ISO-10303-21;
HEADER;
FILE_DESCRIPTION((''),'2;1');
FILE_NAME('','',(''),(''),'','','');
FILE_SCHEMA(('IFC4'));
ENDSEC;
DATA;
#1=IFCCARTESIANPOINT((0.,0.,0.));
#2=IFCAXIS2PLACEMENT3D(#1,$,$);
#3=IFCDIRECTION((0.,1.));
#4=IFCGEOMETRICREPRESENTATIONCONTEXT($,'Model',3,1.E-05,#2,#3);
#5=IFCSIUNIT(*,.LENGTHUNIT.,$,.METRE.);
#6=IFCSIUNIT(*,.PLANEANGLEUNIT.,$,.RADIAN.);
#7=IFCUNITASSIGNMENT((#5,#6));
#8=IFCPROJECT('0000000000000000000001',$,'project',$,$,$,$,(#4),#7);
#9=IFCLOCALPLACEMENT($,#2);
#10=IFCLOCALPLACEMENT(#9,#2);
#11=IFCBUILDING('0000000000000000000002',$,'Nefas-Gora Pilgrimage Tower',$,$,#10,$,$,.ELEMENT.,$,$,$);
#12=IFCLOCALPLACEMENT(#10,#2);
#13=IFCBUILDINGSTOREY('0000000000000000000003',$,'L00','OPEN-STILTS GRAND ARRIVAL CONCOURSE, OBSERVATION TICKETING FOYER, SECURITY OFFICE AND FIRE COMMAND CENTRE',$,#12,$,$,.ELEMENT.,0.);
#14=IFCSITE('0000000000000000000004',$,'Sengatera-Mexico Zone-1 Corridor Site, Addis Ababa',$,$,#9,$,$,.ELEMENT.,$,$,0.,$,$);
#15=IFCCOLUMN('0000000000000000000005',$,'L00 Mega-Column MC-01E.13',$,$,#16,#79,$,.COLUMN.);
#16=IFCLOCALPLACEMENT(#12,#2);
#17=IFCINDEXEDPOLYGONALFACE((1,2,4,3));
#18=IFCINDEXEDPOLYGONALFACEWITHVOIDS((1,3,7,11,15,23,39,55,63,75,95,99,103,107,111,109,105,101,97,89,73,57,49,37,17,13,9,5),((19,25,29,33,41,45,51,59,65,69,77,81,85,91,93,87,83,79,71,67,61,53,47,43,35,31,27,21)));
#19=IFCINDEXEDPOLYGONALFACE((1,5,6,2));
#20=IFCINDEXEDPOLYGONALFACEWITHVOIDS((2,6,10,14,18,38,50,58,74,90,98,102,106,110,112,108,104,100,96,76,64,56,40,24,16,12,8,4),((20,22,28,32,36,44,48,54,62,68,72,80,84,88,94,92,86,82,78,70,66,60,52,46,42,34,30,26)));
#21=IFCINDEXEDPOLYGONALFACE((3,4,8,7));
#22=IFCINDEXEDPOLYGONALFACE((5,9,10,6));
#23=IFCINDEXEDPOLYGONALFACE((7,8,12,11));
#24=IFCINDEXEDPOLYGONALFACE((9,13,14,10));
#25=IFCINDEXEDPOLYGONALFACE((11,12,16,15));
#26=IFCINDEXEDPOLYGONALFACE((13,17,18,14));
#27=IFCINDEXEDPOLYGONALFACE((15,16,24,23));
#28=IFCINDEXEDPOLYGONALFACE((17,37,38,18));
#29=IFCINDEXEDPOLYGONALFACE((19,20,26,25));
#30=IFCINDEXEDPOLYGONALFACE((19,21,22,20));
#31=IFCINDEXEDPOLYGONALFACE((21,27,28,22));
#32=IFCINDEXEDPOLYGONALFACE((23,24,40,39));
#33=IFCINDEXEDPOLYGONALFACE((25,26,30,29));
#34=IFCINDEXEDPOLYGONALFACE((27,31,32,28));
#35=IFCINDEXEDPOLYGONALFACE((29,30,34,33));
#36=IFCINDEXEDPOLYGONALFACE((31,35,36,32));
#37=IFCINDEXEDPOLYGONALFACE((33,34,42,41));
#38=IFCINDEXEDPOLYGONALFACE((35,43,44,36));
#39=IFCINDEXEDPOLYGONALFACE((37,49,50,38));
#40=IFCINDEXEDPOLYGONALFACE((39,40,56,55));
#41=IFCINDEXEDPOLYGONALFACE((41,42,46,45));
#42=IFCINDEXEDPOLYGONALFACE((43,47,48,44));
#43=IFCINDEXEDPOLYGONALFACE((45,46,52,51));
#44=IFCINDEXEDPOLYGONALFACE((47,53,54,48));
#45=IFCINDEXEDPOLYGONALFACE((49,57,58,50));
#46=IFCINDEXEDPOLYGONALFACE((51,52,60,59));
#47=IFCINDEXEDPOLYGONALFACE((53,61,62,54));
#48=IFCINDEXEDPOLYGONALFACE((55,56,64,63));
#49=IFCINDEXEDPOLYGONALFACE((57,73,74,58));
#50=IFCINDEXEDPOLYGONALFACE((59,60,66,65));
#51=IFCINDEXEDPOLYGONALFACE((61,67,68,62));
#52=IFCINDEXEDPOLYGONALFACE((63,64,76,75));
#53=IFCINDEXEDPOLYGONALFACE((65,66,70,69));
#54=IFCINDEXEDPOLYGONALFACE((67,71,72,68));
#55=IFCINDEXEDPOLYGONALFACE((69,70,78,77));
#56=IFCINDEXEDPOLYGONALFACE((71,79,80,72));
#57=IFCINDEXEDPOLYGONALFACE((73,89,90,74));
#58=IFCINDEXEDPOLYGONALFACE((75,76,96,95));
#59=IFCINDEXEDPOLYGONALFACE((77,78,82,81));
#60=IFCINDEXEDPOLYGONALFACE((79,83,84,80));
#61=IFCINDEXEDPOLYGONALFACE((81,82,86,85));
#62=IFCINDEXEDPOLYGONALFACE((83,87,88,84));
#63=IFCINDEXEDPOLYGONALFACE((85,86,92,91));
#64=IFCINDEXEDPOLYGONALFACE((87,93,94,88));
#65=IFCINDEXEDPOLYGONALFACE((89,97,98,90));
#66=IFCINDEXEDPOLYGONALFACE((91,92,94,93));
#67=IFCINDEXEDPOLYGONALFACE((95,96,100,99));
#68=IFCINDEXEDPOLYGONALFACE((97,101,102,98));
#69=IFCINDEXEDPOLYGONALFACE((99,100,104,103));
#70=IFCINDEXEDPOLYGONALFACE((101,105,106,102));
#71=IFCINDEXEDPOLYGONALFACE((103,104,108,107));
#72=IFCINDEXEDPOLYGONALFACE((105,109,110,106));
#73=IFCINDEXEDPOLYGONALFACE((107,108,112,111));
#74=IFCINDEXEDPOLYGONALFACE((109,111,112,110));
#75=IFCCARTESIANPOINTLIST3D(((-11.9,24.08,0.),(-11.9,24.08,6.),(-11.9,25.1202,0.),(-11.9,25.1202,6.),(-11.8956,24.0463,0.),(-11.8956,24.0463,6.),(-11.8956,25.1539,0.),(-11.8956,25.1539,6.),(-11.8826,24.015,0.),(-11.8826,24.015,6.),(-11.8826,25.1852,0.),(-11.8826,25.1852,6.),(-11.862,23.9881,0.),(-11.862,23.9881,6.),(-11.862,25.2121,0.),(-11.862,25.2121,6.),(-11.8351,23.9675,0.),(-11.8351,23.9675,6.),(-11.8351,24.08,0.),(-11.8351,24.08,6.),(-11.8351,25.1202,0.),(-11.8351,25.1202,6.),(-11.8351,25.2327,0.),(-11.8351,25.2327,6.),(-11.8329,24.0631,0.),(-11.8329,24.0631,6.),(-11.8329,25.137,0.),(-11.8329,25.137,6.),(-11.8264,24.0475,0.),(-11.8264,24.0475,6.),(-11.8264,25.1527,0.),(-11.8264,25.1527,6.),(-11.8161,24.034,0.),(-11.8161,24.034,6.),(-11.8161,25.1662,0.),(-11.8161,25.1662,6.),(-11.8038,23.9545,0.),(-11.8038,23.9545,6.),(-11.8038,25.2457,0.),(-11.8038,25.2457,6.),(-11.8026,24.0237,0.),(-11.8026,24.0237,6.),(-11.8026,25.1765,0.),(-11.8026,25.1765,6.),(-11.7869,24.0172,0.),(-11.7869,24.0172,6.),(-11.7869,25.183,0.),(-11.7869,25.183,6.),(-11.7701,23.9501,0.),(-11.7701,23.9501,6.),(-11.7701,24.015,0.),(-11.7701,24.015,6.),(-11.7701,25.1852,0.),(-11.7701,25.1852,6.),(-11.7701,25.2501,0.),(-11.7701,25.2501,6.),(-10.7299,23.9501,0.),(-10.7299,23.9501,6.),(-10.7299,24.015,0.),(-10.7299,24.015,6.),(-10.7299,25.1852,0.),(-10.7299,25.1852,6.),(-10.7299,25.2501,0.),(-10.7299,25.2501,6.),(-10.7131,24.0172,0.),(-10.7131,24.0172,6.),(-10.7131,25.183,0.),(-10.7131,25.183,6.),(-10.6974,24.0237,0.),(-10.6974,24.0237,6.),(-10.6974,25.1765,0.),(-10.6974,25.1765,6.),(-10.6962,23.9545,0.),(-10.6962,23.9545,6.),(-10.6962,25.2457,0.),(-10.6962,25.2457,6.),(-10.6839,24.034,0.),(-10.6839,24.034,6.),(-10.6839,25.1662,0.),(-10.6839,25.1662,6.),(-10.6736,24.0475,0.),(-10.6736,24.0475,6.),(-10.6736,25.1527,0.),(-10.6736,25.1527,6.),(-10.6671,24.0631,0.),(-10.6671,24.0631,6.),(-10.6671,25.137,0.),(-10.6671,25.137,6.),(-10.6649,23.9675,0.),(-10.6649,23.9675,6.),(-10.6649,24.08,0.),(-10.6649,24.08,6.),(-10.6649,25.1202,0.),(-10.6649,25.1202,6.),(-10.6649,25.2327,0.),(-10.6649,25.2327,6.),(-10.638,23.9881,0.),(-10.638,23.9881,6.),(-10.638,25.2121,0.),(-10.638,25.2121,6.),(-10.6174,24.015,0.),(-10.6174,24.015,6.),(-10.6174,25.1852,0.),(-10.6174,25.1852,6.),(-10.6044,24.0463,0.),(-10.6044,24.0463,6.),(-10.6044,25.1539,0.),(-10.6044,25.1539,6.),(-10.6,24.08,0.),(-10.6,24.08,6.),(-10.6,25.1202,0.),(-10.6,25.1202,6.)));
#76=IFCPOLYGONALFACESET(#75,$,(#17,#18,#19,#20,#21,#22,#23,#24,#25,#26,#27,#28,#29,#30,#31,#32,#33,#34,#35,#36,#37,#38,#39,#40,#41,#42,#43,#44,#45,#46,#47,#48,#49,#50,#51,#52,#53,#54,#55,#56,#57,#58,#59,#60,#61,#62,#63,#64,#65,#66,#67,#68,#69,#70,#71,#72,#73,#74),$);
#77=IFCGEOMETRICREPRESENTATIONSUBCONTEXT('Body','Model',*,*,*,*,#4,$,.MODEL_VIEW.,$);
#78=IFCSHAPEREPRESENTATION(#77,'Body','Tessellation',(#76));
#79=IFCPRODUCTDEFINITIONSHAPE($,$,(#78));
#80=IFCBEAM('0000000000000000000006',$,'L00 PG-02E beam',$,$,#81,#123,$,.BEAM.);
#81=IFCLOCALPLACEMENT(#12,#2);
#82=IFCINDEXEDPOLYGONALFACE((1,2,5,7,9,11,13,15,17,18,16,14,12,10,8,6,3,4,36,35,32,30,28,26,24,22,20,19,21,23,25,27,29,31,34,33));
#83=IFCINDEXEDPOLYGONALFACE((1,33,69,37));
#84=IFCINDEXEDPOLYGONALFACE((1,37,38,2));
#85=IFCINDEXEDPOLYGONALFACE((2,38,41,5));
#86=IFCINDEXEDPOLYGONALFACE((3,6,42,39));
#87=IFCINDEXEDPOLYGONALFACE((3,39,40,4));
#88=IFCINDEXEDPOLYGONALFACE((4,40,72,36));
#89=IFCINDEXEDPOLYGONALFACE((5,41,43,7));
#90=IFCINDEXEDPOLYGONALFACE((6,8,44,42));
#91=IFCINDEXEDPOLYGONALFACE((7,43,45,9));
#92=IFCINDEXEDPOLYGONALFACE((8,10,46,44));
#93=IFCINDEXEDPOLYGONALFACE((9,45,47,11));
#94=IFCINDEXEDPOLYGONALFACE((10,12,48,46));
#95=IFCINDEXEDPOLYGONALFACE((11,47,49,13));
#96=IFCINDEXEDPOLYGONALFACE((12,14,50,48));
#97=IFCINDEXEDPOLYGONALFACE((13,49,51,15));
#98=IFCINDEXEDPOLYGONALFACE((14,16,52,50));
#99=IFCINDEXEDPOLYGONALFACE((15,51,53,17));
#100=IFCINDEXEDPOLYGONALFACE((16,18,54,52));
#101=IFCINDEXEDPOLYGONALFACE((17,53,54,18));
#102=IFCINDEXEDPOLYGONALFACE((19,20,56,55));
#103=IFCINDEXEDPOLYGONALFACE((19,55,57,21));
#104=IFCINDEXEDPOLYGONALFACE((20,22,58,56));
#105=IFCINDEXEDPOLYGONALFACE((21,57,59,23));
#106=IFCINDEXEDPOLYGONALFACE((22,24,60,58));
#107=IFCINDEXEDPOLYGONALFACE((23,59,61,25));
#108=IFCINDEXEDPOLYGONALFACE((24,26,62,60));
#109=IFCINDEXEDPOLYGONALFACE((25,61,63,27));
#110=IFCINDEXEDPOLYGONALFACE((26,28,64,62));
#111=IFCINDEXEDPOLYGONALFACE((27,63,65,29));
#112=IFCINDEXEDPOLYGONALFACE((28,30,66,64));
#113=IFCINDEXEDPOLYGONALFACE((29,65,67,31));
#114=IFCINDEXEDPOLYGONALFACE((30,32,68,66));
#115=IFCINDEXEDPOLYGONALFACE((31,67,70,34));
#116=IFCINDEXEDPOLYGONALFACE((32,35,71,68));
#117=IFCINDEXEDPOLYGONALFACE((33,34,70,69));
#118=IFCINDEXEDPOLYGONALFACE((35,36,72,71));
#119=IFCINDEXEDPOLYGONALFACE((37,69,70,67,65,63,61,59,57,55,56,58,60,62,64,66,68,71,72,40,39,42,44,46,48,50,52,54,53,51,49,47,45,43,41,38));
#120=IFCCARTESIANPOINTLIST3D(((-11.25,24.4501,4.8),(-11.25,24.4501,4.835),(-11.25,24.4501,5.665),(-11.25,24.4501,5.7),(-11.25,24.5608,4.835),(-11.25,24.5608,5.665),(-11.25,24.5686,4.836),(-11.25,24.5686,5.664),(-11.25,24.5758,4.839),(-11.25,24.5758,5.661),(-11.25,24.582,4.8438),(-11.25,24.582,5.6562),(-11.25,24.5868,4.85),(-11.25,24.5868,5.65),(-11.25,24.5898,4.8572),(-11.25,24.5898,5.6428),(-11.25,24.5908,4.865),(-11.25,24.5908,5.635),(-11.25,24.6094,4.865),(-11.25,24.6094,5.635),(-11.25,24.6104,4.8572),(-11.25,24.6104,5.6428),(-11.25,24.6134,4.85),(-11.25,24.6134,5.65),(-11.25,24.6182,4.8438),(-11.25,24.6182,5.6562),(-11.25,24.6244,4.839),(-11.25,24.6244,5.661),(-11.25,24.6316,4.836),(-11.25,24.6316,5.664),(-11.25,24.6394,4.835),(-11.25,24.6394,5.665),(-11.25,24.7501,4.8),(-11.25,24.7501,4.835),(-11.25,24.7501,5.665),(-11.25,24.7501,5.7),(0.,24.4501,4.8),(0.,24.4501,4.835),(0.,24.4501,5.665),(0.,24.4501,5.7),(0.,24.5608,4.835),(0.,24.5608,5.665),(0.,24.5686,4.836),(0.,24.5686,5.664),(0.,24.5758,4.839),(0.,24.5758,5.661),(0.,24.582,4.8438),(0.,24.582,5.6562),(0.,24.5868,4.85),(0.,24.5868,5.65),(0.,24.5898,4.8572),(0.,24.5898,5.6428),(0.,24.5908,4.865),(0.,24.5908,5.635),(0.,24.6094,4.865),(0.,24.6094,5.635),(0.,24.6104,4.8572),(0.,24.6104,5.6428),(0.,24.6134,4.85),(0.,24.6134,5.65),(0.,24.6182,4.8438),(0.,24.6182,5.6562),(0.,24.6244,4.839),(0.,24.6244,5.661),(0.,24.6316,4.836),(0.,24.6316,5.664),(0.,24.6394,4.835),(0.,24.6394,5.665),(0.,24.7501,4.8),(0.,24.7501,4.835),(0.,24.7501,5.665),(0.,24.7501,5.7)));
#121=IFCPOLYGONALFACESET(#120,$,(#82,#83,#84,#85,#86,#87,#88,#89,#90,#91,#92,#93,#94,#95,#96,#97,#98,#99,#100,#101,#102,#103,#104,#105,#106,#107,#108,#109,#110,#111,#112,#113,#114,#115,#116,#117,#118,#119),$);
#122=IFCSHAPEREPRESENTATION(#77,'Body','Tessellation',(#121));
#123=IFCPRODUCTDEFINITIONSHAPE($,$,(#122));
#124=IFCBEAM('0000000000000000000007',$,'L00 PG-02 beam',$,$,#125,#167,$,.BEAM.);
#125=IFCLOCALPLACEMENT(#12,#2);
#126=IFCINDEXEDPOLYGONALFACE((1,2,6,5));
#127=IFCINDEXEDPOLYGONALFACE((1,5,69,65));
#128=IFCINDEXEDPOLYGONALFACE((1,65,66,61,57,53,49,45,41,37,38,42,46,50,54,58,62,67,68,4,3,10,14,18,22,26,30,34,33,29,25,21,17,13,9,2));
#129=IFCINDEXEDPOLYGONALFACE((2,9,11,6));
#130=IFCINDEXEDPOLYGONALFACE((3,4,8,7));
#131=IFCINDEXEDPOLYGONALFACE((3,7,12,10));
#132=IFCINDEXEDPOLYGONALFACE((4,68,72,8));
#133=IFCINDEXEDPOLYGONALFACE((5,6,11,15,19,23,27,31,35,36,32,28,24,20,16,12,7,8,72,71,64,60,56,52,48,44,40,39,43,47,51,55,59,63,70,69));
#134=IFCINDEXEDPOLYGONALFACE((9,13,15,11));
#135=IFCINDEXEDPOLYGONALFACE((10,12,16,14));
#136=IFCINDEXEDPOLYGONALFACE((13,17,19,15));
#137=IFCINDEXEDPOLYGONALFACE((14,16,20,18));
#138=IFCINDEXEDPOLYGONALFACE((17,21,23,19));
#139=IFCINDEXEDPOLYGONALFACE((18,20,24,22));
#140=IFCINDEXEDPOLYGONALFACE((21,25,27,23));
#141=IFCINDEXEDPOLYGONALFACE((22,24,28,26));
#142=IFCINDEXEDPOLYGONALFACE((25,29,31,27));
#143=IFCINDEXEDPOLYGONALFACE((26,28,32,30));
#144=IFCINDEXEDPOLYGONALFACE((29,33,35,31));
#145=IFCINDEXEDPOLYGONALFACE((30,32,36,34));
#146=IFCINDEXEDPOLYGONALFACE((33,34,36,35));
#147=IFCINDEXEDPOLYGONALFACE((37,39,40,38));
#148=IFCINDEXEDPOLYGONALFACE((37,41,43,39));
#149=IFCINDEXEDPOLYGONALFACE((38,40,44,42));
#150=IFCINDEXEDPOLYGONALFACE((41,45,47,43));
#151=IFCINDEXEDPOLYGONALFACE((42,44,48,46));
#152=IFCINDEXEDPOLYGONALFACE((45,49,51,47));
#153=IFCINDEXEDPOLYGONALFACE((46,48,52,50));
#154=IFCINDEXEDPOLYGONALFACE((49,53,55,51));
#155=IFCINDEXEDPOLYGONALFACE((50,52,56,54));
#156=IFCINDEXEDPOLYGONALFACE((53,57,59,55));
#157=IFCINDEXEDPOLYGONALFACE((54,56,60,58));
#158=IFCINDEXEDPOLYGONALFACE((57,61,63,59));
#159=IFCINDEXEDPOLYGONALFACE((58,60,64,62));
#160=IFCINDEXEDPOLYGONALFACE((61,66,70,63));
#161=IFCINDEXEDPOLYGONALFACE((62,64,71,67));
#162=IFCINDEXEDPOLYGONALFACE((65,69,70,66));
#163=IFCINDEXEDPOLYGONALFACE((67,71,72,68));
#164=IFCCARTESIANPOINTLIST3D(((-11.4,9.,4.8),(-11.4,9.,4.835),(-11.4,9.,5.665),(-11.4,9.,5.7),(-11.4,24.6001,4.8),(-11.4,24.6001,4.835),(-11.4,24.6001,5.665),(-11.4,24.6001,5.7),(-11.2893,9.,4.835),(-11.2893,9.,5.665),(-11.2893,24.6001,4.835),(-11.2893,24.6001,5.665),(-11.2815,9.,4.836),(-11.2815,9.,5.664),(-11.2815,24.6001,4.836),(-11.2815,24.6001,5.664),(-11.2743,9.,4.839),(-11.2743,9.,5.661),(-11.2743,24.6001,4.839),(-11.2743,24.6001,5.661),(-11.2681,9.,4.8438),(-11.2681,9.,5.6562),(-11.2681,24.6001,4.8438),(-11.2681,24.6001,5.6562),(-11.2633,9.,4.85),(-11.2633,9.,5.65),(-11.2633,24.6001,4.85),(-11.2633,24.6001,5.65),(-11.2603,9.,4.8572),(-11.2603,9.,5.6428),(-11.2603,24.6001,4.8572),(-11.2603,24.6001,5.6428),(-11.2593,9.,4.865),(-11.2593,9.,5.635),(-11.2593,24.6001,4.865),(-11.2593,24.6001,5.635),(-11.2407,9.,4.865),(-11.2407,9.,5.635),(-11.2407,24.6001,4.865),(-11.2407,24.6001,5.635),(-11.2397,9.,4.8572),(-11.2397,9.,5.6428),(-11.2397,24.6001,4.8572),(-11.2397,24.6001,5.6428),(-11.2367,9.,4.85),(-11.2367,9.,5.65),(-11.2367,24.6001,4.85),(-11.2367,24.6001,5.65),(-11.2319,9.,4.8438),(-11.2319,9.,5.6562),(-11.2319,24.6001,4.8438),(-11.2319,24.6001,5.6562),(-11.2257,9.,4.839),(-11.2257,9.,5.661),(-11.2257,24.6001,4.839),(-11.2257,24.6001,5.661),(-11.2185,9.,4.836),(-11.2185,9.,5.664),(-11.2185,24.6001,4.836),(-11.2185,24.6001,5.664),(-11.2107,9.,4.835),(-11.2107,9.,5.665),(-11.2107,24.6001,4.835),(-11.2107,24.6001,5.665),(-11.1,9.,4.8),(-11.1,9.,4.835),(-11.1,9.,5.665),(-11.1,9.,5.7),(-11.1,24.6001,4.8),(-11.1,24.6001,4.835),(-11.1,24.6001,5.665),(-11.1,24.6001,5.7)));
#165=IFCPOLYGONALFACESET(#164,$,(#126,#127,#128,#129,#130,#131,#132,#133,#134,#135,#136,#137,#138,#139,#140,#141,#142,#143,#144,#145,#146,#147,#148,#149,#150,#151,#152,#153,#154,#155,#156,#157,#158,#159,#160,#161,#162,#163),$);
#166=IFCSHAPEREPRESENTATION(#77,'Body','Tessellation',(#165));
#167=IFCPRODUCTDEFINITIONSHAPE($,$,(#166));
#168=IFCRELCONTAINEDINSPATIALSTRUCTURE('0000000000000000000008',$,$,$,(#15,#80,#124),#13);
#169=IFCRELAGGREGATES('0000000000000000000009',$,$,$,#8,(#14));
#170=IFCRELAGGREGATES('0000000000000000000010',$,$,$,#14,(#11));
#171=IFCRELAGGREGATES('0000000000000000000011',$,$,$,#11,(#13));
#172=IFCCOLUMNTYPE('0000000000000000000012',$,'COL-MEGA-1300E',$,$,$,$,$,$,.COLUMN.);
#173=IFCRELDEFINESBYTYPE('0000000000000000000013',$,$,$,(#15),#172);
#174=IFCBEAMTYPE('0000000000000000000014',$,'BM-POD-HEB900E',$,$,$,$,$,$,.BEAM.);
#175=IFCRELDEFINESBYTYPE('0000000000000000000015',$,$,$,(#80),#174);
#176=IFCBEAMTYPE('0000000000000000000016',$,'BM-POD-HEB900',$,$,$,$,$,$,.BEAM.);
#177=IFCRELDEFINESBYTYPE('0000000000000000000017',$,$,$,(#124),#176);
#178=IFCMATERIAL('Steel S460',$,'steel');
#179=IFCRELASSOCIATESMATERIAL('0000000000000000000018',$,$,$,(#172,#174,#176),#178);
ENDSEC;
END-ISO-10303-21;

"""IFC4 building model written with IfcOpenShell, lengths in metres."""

from ifc_helpers import new_model, si_unit, direction, frame, origin, origin_2d, place, context, subcontext, project, spatial, hollow_rectangle, i_section, extrude, source, transform, mapped, material, material_profile, profile_set, type_object, element, save


model = new_model("IFC4")

# Units and contexts
model_context = context("Model", 3, precision=1e-05, world=origin(), true_north=direction((0.0, 1.0)))
body_context = subcontext(model_context, "Body", "Model", "MODEL_VIEW")
ifc_project = project(units=[si_unit("LENGTHUNIT", "METRE"), si_unit("PLANEANGLEUNIT", "RADIAN")], contexts=[model_context])

# Site, building, storey
site_placement = place(None, origin())
site = spatial("IfcSite", under=ifc_project, at=site_placement, Name="Sengatera-Mexico Zone-1 Corridor Site, Addis Ababa", CompositionType="ELEMENT", RefElevation=0.0)
building_placement = place(site_placement, origin())
building = spatial("IfcBuilding", under=site, at=building_placement, Name="Nefas-Gora Pilgrimage Tower", CompositionType="ELEMENT")
storey_placement = place(building_placement, origin())
storey = spatial("IfcBuildingStorey", under=building, at=storey_placement, Name="L00", Description="OPEN-STILTS GRAND ARRIVAL CONCOURSE, OBSERVATION TICKETING FOYER, SECURITY OFFICE AND FIRE COMMAND CENTRE", CompositionType="ELEMENT", Elevation=0.0)

# Column
ifc_material_1 = material(Name="Steel S460", Category="steel")
ifc_material_profile_1 = material_profile(ifc_material_1, hollow_rectangle(XDim=1.3, YDim=1.3, WallThickness=0.0649, InnerFilletRadius=0.0649, OuterFilletRadius=0.1299, at=origin_2d()), Name="BOX 1300x1300x65")
ifc_profile_set_1 = profile_set([ifc_material_profile_1], Name="Steel S460")
column_type_1 = type_object("IfcColumnType", Name="COL-MEGA-1300E", PredefinedType="COLUMN", material=ifc_profile_set_1)
shared_shape_1 = source(origin(), body_context, "Body", "SweptSolid", [
    extrude(hollow_rectangle(XDim=1.3, YDim=1.3, WallThickness=0.0649, InnerFilletRadius=0.0649, OuterFilletRadius=0.1299, at=origin_2d()), origin(), (0.0, 0.0, 1.0), 6.0),
])
for number, where, z_axis, x_axis, name in (
    (1, (-11.25, 24.6001, 0.0), (0.0, 0.0, 1.0), (1.0, 0.0, 0.0), "L00 Mega-Column MC-01E.13"),
):
    element("IfcColumn", number, at=place(storey_placement, frame(where, z_axis=z_axis, x_axis=x_axis)), inside=storey, type_object=column_type_1, Name=name, PredefinedType="COLUMN", context=body_context, shape_type="MappedRepresentation", body=[
        mapped(shared_shape_1, transform((0.0, 0.0, 0.0), x_axis=(1.0, 0.0, 0.0), y_axis=(0.0, 1.0, 0.0), z_axis=(0.0, 0.0, 1.0), scale=1.0)),
    ])

# Beams
ifc_material_profile_2 = material_profile(ifc_material_1, i_section(OverallWidth=0.3, OverallDepth=0.8999, WebThickness=0.0186, FlangeThickness=0.0349, FilletRadius=0.03, at=origin_2d()), Name="HEB 900")
ifc_profile_set_2 = profile_set([ifc_material_profile_2], Name="Steel S460")
beam_type_1 = type_object("IfcBeamType", Name="BM-POD-HEB900E", PredefinedType="BEAM", material=ifc_profile_set_2)
shared_shape_2 = source(origin(), body_context, "Body", "SweptSolid", [
    extrude(i_section(OverallWidth=0.3, OverallDepth=0.8999, WebThickness=0.0186, FlangeThickness=0.0349, FilletRadius=0.03, at=origin_2d()), origin(), (0.0, 0.0, 1.0), 11.25),
])
beam_1_placement = place(storey_placement, frame((-11.25, 24.6001, 5.25), z_axis=(1.0, 0.0, 0.0), x_axis=(0.0, 1.0, 0.0)))
element("IfcBeam", 2, at=beam_1_placement, inside=storey, type_object=beam_type_1, Name="L00 PG-02E beam", PredefinedType="BEAM", context=body_context, shape_type="MappedRepresentation", body=[
    mapped(shared_shape_2, transform((0.0, 0.0, 0.0), x_axis=(1.0, 0.0, 0.0), y_axis=(0.0, 1.0, 0.0), z_axis=(0.0, 0.0, 1.0), scale=1.0)),
])
ifc_material_profile_3 = material_profile(ifc_material_1, i_section(OverallWidth=0.3, OverallDepth=0.8999, WebThickness=0.0186, FlangeThickness=0.0349, FilletRadius=0.03, at=origin_2d()), Name="HEB 900")
ifc_profile_set_3 = profile_set([ifc_material_profile_3], Name="Steel S460")
beam_type_2 = type_object("IfcBeamType", Name="BM-POD-HEB900", PredefinedType="BEAM", material=ifc_profile_set_3)
shared_shape_3 = source(origin(), body_context, "Body", "SweptSolid", [
    extrude(i_section(OverallWidth=0.3, OverallDepth=0.8999, WebThickness=0.0186, FlangeThickness=0.0349, FilletRadius=0.03, at=origin_2d()), origin(), (0.0, 0.0, 1.0), 15.6001),
])
beam_2_placement = place(storey_placement, frame((-11.25, 9.0, 5.25), z_axis=(0.0, 1.0, 0.0), x_axis=(-1.0, 0.0, 0.0)))
element("IfcBeam", 3, at=beam_2_placement, inside=storey, type_object=beam_type_2, Name="L00 PG-02 beam", PredefinedType="BEAM", context=body_context, shape_type="MappedRepresentation", body=[
    mapped(shared_shape_3, transform((0.0, 0.0, 0.0), x_axis=(1.0, 0.0, 0.0), y_axis=(0.0, 1.0, 0.0), z_axis=(0.0, 0.0, 1.0), scale=1.0)),
])

save(model, "model.ifc")
